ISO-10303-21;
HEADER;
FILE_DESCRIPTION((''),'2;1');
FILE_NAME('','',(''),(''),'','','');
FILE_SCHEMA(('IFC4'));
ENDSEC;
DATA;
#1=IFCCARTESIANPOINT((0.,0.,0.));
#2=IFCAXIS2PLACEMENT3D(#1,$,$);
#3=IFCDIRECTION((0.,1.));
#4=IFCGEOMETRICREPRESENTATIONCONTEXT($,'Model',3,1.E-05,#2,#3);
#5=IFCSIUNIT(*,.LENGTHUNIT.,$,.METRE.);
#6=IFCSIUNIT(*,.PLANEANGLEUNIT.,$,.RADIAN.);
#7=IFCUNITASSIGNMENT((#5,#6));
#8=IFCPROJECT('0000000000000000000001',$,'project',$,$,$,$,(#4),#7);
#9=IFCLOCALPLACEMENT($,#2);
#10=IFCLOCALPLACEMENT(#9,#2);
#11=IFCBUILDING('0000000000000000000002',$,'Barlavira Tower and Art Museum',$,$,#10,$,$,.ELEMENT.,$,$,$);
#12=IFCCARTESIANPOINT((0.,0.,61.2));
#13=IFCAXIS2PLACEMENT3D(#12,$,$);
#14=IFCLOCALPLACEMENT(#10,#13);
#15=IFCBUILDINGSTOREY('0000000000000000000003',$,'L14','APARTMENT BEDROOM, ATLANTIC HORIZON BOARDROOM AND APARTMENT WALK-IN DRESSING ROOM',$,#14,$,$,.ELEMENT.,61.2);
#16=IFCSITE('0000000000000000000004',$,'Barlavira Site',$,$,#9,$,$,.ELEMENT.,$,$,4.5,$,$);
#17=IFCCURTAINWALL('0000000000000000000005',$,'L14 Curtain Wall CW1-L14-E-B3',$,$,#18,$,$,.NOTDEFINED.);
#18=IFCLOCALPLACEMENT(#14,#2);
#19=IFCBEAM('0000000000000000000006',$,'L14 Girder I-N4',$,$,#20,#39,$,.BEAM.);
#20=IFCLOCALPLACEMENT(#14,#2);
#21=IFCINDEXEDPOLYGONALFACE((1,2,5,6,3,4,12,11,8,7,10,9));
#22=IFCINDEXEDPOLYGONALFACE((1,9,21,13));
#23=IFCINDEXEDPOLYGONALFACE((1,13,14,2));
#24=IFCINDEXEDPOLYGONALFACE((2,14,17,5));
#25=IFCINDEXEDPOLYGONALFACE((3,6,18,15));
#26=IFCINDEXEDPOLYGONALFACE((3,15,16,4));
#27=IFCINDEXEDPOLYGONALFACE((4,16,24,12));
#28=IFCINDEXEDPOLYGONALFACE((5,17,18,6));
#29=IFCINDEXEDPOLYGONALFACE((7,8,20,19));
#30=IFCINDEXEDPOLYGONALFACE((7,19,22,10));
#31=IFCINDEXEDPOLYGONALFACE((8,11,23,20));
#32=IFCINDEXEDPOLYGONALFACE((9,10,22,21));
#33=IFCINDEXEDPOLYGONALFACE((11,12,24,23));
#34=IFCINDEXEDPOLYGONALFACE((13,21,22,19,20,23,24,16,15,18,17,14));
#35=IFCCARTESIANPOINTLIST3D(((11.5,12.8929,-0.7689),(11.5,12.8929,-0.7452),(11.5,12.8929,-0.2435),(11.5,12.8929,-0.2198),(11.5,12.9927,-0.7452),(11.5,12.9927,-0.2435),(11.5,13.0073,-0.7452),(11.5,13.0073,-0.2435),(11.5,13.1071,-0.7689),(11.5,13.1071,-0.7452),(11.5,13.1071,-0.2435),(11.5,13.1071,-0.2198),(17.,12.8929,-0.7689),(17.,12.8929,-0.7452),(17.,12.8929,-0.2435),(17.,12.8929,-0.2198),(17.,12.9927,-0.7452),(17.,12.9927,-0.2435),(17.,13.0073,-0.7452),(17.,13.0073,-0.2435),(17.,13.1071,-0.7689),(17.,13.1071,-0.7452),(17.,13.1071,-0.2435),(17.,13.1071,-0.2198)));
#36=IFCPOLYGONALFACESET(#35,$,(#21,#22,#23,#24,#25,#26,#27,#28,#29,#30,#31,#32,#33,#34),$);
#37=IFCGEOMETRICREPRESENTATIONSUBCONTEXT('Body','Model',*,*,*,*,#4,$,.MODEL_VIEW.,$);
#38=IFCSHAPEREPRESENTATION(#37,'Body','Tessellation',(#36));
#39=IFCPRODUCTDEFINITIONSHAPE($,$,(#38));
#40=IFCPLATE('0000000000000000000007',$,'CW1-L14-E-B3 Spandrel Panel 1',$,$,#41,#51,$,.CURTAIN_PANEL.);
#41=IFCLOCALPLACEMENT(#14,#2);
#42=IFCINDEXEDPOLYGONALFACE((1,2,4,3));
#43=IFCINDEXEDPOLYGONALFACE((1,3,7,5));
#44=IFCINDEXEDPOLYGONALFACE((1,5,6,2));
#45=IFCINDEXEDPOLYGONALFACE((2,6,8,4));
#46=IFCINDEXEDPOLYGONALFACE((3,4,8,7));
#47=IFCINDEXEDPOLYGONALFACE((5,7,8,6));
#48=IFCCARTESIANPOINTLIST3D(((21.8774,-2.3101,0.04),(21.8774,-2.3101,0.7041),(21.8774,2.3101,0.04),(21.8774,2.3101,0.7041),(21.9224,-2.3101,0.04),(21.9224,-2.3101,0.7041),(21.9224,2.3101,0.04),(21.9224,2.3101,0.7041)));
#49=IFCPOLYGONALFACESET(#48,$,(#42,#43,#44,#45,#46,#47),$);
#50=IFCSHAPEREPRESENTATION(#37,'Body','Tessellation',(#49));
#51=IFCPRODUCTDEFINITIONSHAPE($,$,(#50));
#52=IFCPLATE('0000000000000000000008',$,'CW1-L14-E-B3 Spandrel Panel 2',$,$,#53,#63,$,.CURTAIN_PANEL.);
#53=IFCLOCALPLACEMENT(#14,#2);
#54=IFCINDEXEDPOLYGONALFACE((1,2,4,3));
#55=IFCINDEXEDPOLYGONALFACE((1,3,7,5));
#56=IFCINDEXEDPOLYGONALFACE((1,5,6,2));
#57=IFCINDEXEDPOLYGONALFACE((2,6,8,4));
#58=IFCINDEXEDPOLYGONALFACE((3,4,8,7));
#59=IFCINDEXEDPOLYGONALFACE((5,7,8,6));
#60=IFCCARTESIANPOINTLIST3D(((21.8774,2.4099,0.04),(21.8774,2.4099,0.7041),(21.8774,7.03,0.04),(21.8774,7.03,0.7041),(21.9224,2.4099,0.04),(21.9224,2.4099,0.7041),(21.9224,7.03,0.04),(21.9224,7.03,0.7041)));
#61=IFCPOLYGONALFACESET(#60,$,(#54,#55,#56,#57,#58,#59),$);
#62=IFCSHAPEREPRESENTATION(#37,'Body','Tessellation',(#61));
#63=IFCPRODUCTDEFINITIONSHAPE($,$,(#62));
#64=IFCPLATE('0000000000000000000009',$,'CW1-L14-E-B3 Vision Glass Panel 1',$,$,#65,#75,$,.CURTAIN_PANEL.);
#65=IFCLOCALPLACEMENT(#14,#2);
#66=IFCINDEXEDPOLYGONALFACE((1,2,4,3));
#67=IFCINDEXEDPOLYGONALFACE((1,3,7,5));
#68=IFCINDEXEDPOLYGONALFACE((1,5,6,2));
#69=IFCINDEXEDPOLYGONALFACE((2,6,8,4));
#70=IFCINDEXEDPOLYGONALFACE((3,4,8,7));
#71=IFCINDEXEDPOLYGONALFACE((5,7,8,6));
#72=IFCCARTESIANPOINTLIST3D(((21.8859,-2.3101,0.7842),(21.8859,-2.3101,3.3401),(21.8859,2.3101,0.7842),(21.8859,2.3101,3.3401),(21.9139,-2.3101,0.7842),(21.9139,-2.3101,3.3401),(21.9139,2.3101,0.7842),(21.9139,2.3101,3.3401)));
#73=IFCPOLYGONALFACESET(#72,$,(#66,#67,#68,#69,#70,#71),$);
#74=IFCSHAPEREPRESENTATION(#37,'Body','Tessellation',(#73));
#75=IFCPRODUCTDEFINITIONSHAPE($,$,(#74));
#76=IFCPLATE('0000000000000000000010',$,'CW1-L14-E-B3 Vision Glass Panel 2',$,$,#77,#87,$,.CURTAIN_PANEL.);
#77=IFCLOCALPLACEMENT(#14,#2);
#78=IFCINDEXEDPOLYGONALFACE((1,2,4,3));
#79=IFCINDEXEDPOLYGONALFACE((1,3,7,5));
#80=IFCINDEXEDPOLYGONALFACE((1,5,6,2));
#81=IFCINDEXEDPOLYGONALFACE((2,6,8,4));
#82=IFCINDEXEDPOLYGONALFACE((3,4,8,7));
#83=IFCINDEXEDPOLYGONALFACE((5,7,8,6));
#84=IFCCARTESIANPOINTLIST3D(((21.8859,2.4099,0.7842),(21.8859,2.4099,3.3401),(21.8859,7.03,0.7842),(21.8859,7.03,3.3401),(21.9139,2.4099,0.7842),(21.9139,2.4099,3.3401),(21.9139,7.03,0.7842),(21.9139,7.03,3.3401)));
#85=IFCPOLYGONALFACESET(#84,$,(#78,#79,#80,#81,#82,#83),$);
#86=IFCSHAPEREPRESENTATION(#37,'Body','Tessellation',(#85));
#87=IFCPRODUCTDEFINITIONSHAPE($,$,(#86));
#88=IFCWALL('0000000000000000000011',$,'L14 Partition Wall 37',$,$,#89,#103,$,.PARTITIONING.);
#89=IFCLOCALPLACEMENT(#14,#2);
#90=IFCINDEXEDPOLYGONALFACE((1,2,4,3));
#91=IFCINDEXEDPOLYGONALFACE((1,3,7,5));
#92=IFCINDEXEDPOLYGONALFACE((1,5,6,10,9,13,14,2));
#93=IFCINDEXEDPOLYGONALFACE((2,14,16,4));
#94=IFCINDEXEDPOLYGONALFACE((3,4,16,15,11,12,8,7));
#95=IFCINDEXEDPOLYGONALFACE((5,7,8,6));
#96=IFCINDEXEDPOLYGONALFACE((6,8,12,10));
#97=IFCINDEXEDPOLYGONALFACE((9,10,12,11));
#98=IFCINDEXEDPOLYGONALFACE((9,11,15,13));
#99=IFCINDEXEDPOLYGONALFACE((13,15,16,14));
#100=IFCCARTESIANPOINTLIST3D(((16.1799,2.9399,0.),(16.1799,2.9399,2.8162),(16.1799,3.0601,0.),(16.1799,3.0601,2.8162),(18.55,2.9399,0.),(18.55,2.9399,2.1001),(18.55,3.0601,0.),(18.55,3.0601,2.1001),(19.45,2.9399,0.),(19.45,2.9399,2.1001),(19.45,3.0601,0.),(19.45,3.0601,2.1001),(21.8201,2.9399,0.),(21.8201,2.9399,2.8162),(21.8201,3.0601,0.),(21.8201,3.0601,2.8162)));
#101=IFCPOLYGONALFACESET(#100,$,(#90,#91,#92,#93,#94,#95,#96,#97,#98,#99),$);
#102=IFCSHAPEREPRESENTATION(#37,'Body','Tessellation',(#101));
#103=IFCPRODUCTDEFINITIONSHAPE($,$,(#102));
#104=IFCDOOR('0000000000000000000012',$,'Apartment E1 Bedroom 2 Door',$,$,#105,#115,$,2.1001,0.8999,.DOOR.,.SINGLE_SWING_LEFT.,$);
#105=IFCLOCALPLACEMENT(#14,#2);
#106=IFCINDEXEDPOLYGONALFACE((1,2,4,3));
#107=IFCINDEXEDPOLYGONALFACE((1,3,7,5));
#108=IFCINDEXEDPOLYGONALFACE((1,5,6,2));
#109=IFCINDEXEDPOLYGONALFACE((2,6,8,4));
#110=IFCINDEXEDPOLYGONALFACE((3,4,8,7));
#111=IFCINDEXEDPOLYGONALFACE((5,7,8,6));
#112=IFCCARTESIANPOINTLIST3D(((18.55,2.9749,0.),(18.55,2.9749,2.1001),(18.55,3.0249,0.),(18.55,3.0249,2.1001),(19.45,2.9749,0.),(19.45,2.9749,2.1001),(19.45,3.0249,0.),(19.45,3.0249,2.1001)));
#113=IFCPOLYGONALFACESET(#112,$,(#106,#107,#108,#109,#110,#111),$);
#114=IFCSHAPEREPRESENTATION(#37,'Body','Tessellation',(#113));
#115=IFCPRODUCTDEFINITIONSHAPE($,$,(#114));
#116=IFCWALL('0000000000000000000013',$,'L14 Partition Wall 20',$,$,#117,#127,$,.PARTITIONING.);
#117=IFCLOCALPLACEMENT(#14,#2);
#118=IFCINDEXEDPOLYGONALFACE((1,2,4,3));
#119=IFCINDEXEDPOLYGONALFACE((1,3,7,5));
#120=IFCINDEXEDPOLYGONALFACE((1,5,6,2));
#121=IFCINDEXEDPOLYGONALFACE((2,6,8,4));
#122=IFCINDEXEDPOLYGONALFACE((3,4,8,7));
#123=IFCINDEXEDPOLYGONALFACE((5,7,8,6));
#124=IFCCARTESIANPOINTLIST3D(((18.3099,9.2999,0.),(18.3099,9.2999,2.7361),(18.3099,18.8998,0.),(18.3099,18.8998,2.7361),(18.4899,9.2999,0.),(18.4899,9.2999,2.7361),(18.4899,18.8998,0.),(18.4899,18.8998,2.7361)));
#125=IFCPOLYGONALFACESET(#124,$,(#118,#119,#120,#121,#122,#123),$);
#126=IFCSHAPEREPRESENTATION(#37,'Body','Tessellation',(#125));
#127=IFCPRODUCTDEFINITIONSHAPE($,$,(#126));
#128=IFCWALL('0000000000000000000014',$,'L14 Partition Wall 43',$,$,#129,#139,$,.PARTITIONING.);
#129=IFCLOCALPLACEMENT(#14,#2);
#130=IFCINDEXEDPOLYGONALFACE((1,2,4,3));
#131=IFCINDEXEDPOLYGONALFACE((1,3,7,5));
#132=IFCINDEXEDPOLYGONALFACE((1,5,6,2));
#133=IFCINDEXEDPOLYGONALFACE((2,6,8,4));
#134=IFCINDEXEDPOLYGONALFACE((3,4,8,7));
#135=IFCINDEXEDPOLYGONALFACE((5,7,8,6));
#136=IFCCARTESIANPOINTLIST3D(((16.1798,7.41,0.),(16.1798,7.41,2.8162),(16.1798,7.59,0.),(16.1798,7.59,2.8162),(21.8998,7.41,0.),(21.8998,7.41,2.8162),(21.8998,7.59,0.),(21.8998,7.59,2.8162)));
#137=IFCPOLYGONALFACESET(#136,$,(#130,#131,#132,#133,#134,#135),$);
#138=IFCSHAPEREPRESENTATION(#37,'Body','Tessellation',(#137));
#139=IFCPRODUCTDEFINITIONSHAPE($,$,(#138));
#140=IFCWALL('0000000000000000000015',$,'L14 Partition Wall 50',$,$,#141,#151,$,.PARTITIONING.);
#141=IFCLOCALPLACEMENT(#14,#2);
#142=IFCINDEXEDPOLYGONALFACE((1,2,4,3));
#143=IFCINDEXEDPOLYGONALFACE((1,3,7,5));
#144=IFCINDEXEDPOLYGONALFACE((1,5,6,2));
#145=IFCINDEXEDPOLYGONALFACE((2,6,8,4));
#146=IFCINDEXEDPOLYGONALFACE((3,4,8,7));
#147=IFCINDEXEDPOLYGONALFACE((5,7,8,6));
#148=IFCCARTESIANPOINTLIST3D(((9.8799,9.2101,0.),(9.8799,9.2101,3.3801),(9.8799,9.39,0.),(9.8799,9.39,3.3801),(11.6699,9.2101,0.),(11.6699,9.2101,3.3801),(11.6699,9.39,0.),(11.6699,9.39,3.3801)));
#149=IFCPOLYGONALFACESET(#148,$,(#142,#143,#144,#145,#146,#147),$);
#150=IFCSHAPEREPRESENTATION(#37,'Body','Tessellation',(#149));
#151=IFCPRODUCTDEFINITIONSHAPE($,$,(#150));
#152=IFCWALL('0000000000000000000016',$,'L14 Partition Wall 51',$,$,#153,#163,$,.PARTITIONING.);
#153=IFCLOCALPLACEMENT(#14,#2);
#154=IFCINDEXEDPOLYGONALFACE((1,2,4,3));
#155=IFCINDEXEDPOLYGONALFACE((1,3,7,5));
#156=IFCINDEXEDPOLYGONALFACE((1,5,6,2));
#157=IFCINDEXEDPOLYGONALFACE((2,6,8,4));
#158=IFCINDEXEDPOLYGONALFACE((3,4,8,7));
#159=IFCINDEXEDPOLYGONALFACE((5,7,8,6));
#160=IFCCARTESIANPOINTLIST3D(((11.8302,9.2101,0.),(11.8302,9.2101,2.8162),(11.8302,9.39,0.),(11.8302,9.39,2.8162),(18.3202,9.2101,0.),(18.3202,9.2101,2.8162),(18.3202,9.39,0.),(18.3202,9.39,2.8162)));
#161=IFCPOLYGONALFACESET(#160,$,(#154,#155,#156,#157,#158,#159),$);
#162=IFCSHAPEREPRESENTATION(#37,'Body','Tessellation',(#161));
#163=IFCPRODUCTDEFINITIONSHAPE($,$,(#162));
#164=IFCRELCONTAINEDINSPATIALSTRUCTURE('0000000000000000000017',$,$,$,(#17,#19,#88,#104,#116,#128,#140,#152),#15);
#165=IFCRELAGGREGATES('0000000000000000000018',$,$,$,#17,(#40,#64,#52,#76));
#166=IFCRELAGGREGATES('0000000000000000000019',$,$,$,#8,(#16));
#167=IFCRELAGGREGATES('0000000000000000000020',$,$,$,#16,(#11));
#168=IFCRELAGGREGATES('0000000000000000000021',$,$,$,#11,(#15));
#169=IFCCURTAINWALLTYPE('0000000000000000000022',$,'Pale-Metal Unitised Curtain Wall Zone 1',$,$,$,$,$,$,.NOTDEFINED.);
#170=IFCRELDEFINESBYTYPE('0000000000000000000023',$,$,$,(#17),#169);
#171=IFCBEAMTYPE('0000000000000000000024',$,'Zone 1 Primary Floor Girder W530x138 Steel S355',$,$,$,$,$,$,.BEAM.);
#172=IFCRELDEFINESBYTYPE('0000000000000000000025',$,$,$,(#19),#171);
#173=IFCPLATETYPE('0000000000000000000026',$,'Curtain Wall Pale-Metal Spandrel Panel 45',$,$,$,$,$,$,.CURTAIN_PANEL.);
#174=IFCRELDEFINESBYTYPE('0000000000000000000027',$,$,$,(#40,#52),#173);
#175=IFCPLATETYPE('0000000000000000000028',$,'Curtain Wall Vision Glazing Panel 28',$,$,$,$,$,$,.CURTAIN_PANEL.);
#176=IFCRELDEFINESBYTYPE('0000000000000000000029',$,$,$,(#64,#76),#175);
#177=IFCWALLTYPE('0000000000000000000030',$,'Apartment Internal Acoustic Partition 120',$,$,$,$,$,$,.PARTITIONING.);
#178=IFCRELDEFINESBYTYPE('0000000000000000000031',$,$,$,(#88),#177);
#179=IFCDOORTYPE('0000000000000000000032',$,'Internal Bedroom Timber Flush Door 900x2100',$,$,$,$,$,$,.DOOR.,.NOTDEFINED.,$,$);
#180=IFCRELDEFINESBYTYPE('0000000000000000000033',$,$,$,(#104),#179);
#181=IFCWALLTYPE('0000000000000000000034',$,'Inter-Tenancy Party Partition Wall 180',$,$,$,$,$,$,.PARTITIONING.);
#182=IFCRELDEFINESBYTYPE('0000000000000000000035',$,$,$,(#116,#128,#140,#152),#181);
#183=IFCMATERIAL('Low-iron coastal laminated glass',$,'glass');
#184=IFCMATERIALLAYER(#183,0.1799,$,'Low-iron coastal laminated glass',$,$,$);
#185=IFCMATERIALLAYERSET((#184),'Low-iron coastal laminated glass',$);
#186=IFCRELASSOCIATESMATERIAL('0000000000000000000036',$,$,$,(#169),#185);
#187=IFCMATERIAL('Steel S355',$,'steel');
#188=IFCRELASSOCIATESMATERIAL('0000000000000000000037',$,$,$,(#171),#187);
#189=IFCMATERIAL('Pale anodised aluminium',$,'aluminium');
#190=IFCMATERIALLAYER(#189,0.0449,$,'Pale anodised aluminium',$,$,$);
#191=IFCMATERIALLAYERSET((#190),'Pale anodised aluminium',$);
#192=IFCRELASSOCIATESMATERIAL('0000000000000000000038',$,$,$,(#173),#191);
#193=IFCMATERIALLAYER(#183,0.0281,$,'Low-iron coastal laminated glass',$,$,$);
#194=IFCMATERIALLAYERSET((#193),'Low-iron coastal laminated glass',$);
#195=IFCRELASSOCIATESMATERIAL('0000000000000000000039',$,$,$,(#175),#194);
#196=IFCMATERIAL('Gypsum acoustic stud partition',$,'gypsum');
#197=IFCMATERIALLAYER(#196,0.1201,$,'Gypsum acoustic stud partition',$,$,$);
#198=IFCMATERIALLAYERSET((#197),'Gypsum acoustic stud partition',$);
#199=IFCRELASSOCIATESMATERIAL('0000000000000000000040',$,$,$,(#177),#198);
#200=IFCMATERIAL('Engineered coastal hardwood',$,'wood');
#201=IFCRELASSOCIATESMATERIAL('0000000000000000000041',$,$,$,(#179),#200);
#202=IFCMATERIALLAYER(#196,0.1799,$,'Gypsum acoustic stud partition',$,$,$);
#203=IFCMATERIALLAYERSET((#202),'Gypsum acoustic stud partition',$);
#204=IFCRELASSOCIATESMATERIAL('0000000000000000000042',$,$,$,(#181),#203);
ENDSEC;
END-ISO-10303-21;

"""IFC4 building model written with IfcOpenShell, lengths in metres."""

from ifc_helpers import new_model, si_unit, direction, frame, frame_2d, origin, origin_2d, place, context, subcontext, project, spatial, rectangle, i_section, extrude, material, layer, layer_set, material_profile, profile_set, type_object, element, fill, aggregate, save


model = new_model("IFC4")

# Units and contexts
model_context = context("Model", 3, precision=1e-05, world=origin(), true_north=direction((0.0, 1.0)))
body_context = subcontext(model_context, "Body", "Model", "MODEL_VIEW")
ifc_project = project(units=[si_unit("LENGTHUNIT", "METRE"), si_unit("PLANEANGLEUNIT", "RADIAN")], contexts=[model_context])

# Site, building, storey
site_placement = place(None, origin())
site = spatial("IfcSite", under=ifc_project, at=site_placement, Name="Barlavira Site", CompositionType="ELEMENT", RefElevation=4.5)
building_placement = place(site_placement, origin())
building = spatial("IfcBuilding", under=site, at=building_placement, Name="Barlavira Tower and Art Museum", CompositionType="ELEMENT")
storey_placement = place(building_placement, frame((0.0, 0.0, 61.2)))
storey = spatial("IfcBuildingStorey", under=building, at=storey_placement, Name="L14", Description="APARTMENT BEDROOM, ATLANTIC HORIZON BOARDROOM AND APARTMENT WALK-IN DRESSING ROOM", CompositionType="ELEMENT", Elevation=61.2)

# Curtain wall
ifc_material_1 = material(Name="Low-iron coastal laminated glass", Category="glass")
ifc_layer_1 = layer(ifc_material_1, 0.1799, Name="Low-iron coastal laminated glass")
ifc_layer_set_1 = layer_set([ifc_layer_1], Name="Low-iron coastal laminated glass")
curtain_wall_type = type_object("IfcCurtainWallType", Name="Pale-Metal Unitised Curtain Wall Zone 1", PredefinedType="NOTDEFINED", material=ifc_layer_set_1)
curtain_wall_placement = place(storey_placement, origin())
curtain_wall = element("IfcCurtainWall", 1, at=curtain_wall_placement, inside=storey, type_object=curtain_wall_type, Name="L14 Curtain Wall CW1-L14-E-B3", PredefinedType="NOTDEFINED")
ifc_material_2 = material(Name="Pale anodised aluminium", Category="aluminium")

# Beam
ifc_material_3 = material(Name="Steel S355", Category="steel")
ifc_material_profile_1 = material_profile(ifc_material_3, i_section(OverallWidth=0.2141, OverallDepth=0.5491, WebThickness=0.0146, FlangeThickness=0.0237, at=origin_2d()), Name="W530x138.0")
ifc_profile_set_1 = profile_set([ifc_material_profile_1], Name="Steel S355")
beam_type_1 = type_object("IfcBeamType", Name="Zone 1 Primary Floor Girder W530x138 Steel S355", PredefinedType="BEAM", material=ifc_profile_set_1)
for number, where, z_axis, x_axis, name in (
    (2, (11.5, 13.0, -0.4944), (1.0, 0.0, 0.0), (0.0, 1.0, 0.0), "L14 Girder I-N4"),
):
    element("IfcBeam", number, at=place(storey_placement, frame(where, z_axis=z_axis, x_axis=x_axis)), inside=storey, type_object=beam_type_1, Name=name, PredefinedType="BEAM", context=body_context, shape_type="SweptSolid", body=[
        extrude(i_section(OverallWidth=0.2141, OverallDepth=0.5491, WebThickness=0.0146, FlangeThickness=0.0237, at=origin_2d()), origin(), (0.0, 0.0, 1.0), 5.5),
    ])

# Plates
ifc_layer_2 = layer(ifc_material_2, 0.0449, Name="Pale anodised aluminium")
ifc_layer_set_2 = layer_set([ifc_layer_2], Name="Pale anodised aluminium")
plate_type_1 = type_object("IfcPlateType", Name="Curtain Wall Pale-Metal Spandrel Panel 45", PredefinedType="CURTAIN_PANEL", material=ifc_layer_set_2)
plate_1_placement = place(storey_placement, frame((21.8999, 0.0, 0.04), z_axis=(0.0, 0.0, 1.0), x_axis=(0.0, 1.0, 0.0)))
plate_1 = element("IfcPlate", 3, at=plate_1_placement, type_object=plate_type_1, Name="CW1-L14-E-B3 Spandrel Panel 1", PredefinedType="CURTAIN_PANEL", context=body_context, shape_type="SweptSolid", body=[
    extrude(rectangle(XDim=4.6201, YDim=0.0449, at=origin_2d()), origin(), (0.0, 0.0, 1.0), 0.6641),
])
plate_2_placement = place(storey_placement, frame((21.8999, 4.72, 0.04), z_axis=(0.0, 0.0, 1.0), x_axis=(0.0, 1.0, 0.0)))
plate_2 = element("IfcPlate", 4, at=plate_2_placement, type_object=plate_type_1, Name="CW1-L14-E-B3 Spandrel Panel 2", PredefinedType="CURTAIN_PANEL", context=body_context, shape_type="SweptSolid", body=[
    extrude(rectangle(XDim=4.6201, YDim=0.0449, at=origin_2d()), origin(), (0.0, 0.0, 1.0), 0.6641),
])
ifc_layer_3 = layer(ifc_material_1, 0.0281, Name="Low-iron coastal laminated glass")
ifc_layer_set_3 = layer_set([ifc_layer_3], Name="Low-iron coastal laminated glass")
plate_type_2 = type_object("IfcPlateType", Name="Curtain Wall Vision Glazing Panel 28", PredefinedType="CURTAIN_PANEL", material=ifc_layer_set_3)
plate_3_placement = place(storey_placement, frame((21.8999, 0.0, 0.7842), z_axis=(0.0, 0.0, 1.0), x_axis=(0.0, 1.0, 0.0)))
plate_3 = element("IfcPlate", 5, at=plate_3_placement, type_object=plate_type_2, Name="CW1-L14-E-B3 Vision Glass Panel 1", PredefinedType="CURTAIN_PANEL", context=body_context, shape_type="SweptSolid", body=[
    extrude(rectangle(XDim=4.6201, YDim=0.0281, at=origin_2d()), origin(), (0.0, 0.0, 1.0), 2.5559),
])
plate_4_placement = place(storey_placement, frame((21.8999, 4.72, 0.7842), z_axis=(0.0, 0.0, 1.0), x_axis=(0.0, 1.0, 0.0)))
plate_4 = element("IfcPlate", 6, at=plate_4_placement, type_object=plate_type_2, Name="CW1-L14-E-B3 Vision Glass Panel 2", PredefinedType="CURTAIN_PANEL", context=body_context, shape_type="SweptSolid", body=[
    extrude(rectangle(XDim=4.6201, YDim=0.0281, at=origin_2d()), origin(), (0.0, 0.0, 1.0), 2.5559),
])
aggregate(curtain_wall, [plate_1, plate_3, plate_2, plate_4])

# Wall, opening, door
ifc_material_4 = material(Name="Gypsum acoustic stud partition", Category="gypsum")
ifc_layer_4 = layer(ifc_material_4, 0.1201, Name="Gypsum acoustic stud partition")
ifc_layer_set_4 = layer_set([ifc_layer_4], Name="Gypsum acoustic stud partition")
wall_type_1 = type_object("IfcWallType", Name="Apartment Internal Acoustic Partition 120", PredefinedType="PARTITIONING", material=ifc_layer_set_4)
wall_1_placement = place(storey_placement, frame((16.1799, 3.0, 0.0), z_axis=(0.0, 0.0, 1.0), x_axis=(1.0, 0.0, 0.0)))
wall_1 = element("IfcWall", 7, at=wall_1_placement, inside=storey, type_object=wall_type_1, Name="L14 Partition Wall 37", PredefinedType="PARTITIONING", context=body_context, shape_type="SweptSolid", body=[
    extrude(rectangle(XDim=5.6401, YDim=0.1201, at=frame_2d((2.8201, 0.0))), origin(), (0.0, 0.0, 1.0), 2.8162),
])
opening_1_placement = place(wall_1_placement, frame((2.3701, 0.0, 0.0)))
opening_1 = element("IfcOpeningElement", 8, at=opening_1_placement, cuts=wall_1, PredefinedType="OPENING", context=body_context, shape_type="SweptSolid", body=[
    extrude(rectangle(XDim=0.8999, YDim=2.1001, at=frame_2d((0.45, 1.05))), frame((0.0, 0.0701, 0.0), z_axis=(0.0, -1.0, 0.0), x_axis=(1.0, 0.0, 0.0)), (0.0, 0.0, 1.0), 0.1401),
])
ifc_material_5 = material(Name="Engineered coastal hardwood", Category="wood")
door_type_1 = type_object("IfcDoorType", Name="Internal Bedroom Timber Flush Door 900x2100", OperationType="NOTDEFINED", PredefinedType="DOOR", material=ifc_material_5)
door_1_placement = place(opening_1_placement, origin())
door_1 = element("IfcDoor", 9, at=door_1_placement, inside=storey, type_object=door_type_1, Name="Apartment E1 Bedroom 2 Door", OperationType="SINGLE_SWING_LEFT", OverallHeight=2.1001, OverallWidth=0.8999, PredefinedType="DOOR", context=body_context, shape_type="SweptSolid", body=[
    extrude(rectangle(XDim=0.8999, YDim=2.1001, at=frame_2d((0.45, 1.05))), frame((0.0, 0.0249, 0.0), z_axis=(0.0, -1.0, 0.0), x_axis=(1.0, 0.0, 0.0)), (0.0, 0.0, 1.0), 0.05),
])
fill(opening_1, door_1)

# Walls
ifc_layer_5 = layer(ifc_material_4, 0.1799, Name="Gypsum acoustic stud partition")
ifc_layer_set_5 = layer_set([ifc_layer_5], Name="Gypsum acoustic stud partition")
wall_type_2 = type_object("IfcWallType", Name="Inter-Tenancy Party Partition Wall 180", PredefinedType="PARTITIONING", material=ifc_layer_set_5)
wall_2_placement = place(storey_placement, frame((18.3999, 9.3, 0.0), z_axis=(0.0, 0.0, 1.0), x_axis=(0.0, 1.0, 0.0)))
element("IfcWall", 10, at=wall_2_placement, inside=storey, type_object=wall_type_2, Name="L14 Partition Wall 20", PredefinedType="PARTITIONING", context=body_context, shape_type="SweptSolid", body=[
    extrude(rectangle(XDim=9.5999, YDim=0.1799, at=frame_2d((4.7998, 0.0))), origin(), (0.0, 0.0, 1.0), 2.7361),
])
wall_3_placement = place(storey_placement, frame((16.1799, 7.5, 0.0), z_axis=(0.0, 0.0, 1.0), x_axis=(1.0, 0.0, 0.0)))
element("IfcWall", 11, at=wall_3_placement, inside=storey, type_object=wall_type_2, Name="L14 Partition Wall 43", PredefinedType="PARTITIONING", context=body_context, shape_type="SweptSolid", body=[
    extrude(rectangle(XDim=5.72, YDim=0.1799, at=frame_2d((2.8599, 0.0))), origin(), (0.0, 0.0, 1.0), 2.8162),
])
wall_4_placement = place(storey_placement, frame((9.8799, 9.3, 0.0), z_axis=(0.0, 0.0, 1.0), x_axis=(1.0, 0.0, 0.0)))
element("IfcWall", 12, at=wall_4_placement, inside=storey, type_object=wall_type_2, Name="L14 Partition Wall 50", PredefinedType="PARTITIONING", context=body_context, shape_type="SweptSolid", body=[
    extrude(rectangle(XDim=1.79, YDim=0.1799, at=frame_2d((0.895, 0.0))), origin(), (0.0, 0.0, 1.0), 3.3801),
])
wall_5_placement = place(storey_placement, frame((11.8301, 9.3, 0.0), z_axis=(0.0, 0.0, 1.0), x_axis=(1.0, 0.0, 0.0)))
element("IfcWall", 13, at=wall_5_placement, inside=storey, type_object=wall_type_2, Name="L14 Partition Wall 51", PredefinedType="PARTITIONING", context=body_context, shape_type="SweptSolid", body=[
    extrude(rectangle(XDim=6.49, YDim=0.1799, at=frame_2d((3.2451, 0.0))), origin(), (0.0, 0.0, 1.0), 2.8162),
])

save(model, "model.ifc")
